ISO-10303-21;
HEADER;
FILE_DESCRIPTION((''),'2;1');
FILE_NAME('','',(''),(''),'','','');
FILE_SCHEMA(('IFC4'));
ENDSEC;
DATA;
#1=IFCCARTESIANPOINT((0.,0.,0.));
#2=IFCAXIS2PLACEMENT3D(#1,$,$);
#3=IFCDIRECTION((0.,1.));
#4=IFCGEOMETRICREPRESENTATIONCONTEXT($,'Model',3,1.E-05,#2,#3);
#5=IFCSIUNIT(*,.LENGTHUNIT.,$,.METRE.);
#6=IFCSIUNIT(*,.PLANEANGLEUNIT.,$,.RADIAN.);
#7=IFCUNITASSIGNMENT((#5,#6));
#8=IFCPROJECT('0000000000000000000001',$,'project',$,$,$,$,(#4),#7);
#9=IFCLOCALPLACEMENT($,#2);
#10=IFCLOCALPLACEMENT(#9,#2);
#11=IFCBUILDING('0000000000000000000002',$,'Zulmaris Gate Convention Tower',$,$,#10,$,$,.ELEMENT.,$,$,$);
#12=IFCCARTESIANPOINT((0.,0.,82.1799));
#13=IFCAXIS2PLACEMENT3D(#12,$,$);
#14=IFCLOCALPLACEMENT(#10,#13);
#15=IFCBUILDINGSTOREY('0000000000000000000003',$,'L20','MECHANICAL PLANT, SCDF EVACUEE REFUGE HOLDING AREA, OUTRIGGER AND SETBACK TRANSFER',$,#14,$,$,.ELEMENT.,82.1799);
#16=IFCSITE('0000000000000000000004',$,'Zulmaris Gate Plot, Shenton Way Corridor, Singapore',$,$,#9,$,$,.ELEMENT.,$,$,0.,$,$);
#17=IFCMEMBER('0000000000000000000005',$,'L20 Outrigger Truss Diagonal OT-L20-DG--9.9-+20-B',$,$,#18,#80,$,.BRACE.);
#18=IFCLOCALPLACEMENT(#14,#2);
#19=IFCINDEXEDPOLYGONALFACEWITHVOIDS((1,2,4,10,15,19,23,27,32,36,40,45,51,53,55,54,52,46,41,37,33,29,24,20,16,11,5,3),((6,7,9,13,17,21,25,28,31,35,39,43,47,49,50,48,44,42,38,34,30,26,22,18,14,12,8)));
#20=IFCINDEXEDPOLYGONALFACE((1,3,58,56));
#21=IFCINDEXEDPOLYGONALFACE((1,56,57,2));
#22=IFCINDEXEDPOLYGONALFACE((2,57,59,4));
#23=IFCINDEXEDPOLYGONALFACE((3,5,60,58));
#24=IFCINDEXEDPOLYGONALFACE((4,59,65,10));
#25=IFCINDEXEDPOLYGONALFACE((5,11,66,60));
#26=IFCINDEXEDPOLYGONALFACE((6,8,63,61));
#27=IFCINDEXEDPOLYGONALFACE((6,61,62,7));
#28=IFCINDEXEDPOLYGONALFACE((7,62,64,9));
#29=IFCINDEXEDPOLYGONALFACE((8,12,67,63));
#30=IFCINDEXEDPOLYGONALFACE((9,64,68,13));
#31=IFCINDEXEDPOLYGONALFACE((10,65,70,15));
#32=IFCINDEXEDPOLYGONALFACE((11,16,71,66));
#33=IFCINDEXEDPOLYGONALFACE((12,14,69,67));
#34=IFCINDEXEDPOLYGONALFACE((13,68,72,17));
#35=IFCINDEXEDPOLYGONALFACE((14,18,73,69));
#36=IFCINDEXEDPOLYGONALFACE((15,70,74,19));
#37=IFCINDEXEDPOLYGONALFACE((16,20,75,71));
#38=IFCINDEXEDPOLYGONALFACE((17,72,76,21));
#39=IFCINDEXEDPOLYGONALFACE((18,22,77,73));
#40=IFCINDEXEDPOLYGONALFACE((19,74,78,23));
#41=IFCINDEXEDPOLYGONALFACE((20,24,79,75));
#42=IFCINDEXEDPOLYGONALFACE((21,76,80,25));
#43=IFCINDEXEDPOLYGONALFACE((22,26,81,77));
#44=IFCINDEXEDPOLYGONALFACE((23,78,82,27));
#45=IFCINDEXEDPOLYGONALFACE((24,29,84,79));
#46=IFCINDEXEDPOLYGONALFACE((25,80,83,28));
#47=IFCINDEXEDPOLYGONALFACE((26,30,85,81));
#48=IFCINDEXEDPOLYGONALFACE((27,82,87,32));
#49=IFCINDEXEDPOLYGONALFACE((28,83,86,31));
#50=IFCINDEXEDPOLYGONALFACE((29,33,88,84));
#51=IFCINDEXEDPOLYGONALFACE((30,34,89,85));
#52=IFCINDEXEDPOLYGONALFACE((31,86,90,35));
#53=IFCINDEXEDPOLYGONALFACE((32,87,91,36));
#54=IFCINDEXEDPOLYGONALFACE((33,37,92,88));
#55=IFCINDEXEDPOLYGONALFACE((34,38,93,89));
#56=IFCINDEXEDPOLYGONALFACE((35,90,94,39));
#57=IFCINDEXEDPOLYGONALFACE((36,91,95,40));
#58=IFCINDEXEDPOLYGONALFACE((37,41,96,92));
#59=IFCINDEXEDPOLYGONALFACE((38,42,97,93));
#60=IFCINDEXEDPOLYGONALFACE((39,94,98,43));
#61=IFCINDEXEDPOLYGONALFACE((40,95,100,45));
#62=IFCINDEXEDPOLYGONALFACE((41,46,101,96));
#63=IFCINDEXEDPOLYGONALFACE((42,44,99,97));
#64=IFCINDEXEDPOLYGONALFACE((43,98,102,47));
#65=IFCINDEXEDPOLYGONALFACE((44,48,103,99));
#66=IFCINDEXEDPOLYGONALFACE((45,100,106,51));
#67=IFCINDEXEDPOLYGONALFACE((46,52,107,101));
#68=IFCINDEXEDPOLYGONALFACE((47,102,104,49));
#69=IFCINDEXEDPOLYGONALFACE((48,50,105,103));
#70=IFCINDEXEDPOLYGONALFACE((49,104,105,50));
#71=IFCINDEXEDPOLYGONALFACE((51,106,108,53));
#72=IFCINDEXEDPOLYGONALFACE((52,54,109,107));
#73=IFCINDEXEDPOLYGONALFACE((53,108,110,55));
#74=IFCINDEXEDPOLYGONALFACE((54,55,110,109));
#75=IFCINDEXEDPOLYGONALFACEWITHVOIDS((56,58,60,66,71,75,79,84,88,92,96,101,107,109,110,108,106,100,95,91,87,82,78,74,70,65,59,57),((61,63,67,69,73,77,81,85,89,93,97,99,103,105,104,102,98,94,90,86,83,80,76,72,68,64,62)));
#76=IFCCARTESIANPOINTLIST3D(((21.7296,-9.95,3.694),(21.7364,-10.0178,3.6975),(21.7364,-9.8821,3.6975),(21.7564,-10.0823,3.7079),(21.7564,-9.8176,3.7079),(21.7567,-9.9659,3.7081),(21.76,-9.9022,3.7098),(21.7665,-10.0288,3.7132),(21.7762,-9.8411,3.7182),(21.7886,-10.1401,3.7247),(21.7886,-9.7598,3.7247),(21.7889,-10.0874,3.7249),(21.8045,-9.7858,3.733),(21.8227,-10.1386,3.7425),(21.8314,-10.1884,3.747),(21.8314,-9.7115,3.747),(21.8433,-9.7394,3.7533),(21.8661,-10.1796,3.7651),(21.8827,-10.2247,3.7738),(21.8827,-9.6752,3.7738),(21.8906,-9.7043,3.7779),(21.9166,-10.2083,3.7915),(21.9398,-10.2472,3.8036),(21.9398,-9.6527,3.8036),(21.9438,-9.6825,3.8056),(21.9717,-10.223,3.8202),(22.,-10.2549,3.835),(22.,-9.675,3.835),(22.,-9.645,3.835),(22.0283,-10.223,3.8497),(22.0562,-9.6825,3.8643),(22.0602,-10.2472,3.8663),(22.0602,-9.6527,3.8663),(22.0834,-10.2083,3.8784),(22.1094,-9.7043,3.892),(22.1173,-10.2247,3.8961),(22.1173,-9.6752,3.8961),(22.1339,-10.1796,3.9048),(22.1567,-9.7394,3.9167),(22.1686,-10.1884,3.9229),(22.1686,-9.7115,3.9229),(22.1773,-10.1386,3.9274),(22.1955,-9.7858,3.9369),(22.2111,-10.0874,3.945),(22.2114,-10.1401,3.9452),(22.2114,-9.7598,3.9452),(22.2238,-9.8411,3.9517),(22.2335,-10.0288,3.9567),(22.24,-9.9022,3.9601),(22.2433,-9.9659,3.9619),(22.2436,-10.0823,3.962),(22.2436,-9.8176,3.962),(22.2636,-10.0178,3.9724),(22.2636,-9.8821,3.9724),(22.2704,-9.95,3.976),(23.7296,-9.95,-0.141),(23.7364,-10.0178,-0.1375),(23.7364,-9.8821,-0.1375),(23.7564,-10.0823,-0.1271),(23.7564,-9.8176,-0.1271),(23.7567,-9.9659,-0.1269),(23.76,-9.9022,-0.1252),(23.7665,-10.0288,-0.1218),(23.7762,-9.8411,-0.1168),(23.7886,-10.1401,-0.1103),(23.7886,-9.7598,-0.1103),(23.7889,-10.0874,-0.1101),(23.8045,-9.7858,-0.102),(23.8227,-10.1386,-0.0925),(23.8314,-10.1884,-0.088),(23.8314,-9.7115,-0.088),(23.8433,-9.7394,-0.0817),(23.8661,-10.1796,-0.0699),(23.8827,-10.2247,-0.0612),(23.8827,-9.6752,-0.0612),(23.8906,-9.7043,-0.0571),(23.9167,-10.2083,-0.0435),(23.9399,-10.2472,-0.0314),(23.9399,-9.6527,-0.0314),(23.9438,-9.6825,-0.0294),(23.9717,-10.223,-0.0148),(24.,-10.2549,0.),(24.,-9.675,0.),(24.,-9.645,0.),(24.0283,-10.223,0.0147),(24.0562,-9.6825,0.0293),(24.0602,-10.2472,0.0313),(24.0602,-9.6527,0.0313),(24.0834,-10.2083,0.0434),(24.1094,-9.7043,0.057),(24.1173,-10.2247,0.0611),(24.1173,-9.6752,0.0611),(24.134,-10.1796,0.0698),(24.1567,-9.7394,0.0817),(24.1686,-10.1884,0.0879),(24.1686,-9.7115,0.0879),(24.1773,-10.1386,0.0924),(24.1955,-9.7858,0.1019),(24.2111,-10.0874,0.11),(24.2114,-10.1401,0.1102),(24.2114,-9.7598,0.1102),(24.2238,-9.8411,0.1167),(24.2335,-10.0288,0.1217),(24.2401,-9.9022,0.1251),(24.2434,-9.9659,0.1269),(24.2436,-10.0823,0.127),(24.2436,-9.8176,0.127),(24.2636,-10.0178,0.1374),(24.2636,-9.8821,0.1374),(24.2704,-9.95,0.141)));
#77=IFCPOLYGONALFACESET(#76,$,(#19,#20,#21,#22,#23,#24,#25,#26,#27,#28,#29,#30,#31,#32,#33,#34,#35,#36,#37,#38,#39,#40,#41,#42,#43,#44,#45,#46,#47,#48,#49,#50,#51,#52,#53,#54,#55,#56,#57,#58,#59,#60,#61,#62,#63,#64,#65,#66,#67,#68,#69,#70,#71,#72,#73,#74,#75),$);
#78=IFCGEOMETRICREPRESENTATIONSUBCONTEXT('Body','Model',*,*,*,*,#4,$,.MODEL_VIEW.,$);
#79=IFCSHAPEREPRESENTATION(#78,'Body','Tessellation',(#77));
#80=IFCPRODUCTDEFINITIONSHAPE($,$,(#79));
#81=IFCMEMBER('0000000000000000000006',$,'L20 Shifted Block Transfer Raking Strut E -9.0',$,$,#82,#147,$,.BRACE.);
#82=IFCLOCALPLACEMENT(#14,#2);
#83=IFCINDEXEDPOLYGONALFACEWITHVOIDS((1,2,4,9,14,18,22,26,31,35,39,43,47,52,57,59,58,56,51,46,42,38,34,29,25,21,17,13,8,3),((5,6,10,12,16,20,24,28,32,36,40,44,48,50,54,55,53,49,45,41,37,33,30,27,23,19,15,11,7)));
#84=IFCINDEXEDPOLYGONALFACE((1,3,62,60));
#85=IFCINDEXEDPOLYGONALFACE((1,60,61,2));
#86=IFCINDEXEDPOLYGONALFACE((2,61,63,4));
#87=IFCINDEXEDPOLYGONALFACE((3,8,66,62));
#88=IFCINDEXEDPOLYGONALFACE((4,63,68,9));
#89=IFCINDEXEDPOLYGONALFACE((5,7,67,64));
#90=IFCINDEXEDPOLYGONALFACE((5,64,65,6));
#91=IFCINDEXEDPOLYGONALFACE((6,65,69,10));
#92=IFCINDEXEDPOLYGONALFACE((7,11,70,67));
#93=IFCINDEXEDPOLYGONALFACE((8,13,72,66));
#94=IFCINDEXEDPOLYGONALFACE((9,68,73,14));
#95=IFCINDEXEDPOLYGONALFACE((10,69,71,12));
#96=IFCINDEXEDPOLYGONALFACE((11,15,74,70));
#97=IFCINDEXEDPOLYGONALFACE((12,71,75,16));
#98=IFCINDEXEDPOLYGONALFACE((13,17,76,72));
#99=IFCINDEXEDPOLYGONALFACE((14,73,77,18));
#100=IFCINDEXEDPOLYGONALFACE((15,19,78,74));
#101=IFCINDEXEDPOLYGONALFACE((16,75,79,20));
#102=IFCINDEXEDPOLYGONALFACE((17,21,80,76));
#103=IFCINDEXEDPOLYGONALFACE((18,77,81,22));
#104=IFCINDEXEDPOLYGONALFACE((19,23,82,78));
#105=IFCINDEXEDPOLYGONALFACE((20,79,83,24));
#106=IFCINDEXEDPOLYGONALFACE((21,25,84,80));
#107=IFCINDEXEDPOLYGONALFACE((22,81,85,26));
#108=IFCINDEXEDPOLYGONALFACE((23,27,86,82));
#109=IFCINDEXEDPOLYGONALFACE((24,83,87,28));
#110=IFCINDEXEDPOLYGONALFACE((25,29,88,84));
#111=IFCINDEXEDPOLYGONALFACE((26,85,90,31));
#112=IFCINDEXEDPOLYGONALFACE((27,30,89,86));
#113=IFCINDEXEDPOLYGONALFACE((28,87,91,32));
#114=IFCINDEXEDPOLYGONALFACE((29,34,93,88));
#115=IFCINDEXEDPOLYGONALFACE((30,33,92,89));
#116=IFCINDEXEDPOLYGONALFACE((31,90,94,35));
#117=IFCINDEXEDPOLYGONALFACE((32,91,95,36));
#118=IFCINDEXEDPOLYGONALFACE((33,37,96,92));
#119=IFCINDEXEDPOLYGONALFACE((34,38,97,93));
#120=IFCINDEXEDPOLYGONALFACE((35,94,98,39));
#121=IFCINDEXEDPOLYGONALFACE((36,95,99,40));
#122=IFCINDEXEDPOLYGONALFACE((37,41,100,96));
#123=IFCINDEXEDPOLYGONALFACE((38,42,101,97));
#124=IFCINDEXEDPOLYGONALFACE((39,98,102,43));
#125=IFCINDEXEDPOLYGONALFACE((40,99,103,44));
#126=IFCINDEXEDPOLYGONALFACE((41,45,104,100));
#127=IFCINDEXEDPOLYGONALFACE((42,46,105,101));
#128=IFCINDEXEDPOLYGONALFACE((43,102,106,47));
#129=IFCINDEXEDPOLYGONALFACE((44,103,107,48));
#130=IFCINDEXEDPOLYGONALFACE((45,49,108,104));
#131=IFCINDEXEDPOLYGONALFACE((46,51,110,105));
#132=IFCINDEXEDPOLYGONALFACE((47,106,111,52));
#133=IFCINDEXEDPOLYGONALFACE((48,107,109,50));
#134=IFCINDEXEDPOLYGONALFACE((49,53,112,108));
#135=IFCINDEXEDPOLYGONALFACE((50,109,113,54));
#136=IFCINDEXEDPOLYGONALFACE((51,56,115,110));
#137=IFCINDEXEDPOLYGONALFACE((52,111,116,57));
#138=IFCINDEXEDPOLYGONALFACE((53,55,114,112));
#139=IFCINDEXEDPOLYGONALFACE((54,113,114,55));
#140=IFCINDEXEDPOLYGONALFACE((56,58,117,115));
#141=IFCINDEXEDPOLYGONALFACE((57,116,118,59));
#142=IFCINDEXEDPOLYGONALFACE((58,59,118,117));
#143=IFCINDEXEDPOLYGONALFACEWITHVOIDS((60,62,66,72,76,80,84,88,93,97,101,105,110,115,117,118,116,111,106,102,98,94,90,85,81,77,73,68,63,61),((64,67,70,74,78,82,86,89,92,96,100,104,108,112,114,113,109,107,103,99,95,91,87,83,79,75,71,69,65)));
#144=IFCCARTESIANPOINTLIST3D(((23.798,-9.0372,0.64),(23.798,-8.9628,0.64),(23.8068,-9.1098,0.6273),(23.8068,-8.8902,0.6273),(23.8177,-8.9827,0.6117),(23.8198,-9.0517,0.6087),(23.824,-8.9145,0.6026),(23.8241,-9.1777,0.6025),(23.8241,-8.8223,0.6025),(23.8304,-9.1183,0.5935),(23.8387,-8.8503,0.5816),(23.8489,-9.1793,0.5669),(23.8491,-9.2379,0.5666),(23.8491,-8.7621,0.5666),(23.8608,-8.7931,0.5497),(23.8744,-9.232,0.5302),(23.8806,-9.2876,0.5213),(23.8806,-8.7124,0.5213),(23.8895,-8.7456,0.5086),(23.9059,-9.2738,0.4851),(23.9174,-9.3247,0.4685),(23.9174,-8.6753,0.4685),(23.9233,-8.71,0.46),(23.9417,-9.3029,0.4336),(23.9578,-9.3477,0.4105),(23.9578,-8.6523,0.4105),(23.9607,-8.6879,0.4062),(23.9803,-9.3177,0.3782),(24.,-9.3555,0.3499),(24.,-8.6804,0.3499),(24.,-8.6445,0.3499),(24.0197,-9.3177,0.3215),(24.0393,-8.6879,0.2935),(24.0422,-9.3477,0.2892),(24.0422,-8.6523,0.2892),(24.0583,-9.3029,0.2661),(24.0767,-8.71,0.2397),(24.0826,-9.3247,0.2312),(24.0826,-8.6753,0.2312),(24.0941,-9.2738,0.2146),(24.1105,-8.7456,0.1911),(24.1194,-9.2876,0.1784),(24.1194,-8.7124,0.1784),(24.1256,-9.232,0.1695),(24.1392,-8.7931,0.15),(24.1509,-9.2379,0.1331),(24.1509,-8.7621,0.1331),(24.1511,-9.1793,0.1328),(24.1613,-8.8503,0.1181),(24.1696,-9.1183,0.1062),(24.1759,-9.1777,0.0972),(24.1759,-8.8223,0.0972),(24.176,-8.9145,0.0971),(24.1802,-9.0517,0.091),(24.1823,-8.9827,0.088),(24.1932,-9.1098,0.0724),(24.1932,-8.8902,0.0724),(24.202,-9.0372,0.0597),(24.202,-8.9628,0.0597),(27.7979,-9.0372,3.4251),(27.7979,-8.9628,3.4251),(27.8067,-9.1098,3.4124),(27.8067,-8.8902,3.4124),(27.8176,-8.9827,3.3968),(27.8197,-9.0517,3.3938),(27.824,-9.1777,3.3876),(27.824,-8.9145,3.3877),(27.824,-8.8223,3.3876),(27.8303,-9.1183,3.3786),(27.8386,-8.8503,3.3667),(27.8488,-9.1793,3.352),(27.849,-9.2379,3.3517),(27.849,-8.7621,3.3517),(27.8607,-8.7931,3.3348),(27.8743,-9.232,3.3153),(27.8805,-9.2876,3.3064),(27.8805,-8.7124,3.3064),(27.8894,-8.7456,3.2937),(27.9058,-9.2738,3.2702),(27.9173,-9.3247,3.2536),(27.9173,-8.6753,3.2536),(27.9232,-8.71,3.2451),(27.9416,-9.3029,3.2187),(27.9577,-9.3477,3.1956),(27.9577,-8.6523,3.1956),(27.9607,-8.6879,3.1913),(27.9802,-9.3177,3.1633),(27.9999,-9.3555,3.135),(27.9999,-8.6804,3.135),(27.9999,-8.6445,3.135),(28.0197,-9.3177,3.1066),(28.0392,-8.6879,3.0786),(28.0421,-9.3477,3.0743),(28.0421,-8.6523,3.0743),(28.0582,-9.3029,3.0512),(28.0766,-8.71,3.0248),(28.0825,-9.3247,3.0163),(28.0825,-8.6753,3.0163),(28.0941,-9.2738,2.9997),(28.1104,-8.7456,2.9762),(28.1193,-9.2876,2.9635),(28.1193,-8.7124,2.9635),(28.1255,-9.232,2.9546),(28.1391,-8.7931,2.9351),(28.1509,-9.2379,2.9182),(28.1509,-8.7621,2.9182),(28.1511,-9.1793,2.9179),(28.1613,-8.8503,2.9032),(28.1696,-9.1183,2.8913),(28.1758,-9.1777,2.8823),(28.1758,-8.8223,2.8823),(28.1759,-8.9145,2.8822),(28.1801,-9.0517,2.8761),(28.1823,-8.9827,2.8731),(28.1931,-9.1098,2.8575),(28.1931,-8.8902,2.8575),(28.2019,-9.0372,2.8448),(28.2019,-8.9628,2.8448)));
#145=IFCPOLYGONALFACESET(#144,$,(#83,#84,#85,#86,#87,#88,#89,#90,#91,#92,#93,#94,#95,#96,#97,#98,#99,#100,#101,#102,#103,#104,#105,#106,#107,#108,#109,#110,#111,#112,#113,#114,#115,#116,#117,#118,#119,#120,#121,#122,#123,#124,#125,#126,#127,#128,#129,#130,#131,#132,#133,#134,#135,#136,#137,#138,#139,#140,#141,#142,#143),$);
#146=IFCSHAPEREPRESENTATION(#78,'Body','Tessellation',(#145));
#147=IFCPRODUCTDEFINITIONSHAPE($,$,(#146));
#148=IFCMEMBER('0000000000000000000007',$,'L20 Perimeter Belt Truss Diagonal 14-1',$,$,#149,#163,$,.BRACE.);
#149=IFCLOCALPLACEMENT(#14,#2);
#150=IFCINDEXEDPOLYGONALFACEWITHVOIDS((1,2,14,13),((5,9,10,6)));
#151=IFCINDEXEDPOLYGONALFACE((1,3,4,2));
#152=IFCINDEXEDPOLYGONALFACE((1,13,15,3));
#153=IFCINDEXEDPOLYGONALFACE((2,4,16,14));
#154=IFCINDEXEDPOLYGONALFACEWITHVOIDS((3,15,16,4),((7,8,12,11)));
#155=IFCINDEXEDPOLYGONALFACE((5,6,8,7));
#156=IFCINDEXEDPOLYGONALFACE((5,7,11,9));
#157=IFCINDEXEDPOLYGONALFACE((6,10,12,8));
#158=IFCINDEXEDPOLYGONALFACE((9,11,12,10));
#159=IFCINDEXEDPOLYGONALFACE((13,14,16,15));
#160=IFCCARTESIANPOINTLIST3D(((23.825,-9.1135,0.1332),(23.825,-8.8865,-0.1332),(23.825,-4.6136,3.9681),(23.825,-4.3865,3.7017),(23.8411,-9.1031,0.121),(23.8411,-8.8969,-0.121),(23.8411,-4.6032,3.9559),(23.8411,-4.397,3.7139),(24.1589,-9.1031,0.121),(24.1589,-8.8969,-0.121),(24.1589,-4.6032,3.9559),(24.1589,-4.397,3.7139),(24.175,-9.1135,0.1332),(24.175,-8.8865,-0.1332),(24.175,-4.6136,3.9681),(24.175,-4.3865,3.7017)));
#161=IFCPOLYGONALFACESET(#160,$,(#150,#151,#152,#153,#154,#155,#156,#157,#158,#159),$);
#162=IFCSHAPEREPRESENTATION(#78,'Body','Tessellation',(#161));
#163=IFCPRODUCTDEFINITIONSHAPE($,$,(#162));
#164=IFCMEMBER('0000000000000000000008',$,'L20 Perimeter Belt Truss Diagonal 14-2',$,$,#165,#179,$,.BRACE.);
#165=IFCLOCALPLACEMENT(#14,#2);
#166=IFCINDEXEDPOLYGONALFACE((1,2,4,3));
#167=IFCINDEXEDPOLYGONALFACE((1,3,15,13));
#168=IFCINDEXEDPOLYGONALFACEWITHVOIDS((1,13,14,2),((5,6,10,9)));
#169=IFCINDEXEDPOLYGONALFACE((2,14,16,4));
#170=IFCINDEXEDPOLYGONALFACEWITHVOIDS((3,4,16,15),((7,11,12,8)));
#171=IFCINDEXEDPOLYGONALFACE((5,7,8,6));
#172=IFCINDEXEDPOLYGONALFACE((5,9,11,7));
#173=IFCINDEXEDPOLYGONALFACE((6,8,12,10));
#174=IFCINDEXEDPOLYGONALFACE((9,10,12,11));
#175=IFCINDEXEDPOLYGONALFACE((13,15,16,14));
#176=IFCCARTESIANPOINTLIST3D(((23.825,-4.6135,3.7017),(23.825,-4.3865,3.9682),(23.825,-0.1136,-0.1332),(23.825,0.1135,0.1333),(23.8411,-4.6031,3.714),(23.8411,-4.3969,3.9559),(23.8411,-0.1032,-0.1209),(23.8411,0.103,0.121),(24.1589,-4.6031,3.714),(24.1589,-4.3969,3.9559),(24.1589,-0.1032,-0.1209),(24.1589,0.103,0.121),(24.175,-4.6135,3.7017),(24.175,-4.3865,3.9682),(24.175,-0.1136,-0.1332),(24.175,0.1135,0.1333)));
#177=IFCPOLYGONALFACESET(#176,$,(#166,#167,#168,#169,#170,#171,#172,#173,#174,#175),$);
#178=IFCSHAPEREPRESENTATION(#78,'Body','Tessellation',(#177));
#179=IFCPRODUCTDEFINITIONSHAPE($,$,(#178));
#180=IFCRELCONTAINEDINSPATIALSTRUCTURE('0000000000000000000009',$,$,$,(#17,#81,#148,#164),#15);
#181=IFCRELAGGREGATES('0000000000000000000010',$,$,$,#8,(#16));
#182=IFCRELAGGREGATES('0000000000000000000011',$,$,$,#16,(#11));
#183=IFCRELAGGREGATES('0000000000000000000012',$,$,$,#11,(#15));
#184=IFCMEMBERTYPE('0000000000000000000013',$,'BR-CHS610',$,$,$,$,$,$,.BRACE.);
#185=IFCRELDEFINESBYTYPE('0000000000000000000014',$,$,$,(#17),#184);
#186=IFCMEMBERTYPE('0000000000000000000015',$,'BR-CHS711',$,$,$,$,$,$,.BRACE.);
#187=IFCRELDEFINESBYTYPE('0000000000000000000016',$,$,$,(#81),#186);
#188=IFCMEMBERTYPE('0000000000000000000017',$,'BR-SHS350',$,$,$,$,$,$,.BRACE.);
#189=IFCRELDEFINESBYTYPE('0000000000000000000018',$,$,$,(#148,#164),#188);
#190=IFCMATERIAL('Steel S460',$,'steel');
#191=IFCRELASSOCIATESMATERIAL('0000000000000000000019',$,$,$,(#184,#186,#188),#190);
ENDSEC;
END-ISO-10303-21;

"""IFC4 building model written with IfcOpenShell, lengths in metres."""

from ifc_helpers import new_model, si_unit, direction, frame, origin, origin_2d, place, context, subcontext, project, spatial, hollow_rectangle, hollow_circle, extrude, material, material_profile, profile_set, type_object, element, save


model = new_model("IFC4")

# Units and contexts
model_context = context("Model", 3, precision=1e-05, world=origin(), true_north=direction((0.0, 1.0)))
body_context = subcontext(model_context, "Body", "Model", "MODEL_VIEW")
ifc_project = project(units=[si_unit("LENGTHUNIT", "METRE"), si_unit("PLANEANGLEUNIT", "RADIAN")], contexts=[model_context])

# Site, building, storey
site_placement = place(None, origin())
site = spatial("IfcSite", under=ifc_project, at=site_placement, Name="Zulmaris Gate Plot, Shenton Way Corridor, Singapore", CompositionType="ELEMENT", RefElevation=0.0)
building_placement = place(site_placement, origin())
building = spatial("IfcBuilding", under=site, at=building_placement, Name="Zulmaris Gate Convention Tower", CompositionType="ELEMENT")
storey_placement = place(building_placement, frame((0.0, 0.0, 82.1799)))
storey = spatial("IfcBuildingStorey", under=building, at=storey_placement, Name="L20", Description="MECHANICAL PLANT, SCDF EVACUEE REFUGE HOLDING AREA, OUTRIGGER AND SETBACK TRANSFER", CompositionType="ELEMENT", Elevation=82.1799)

# Shared definitions
ifc_material_1 = material(Name="Steel S460", Category="steel")

# Members
ifc_material_profile_1 = material_profile(ifc_material_1, hollow_circle(Radius=0.3049, WallThickness=0.03, at=origin_2d()), Name="CHS 610x30")
ifc_profile_set_1 = profile_set([ifc_material_profile_1], Name="Steel S460")
member_type_1 = type_object("IfcMemberType", Name="BR-CHS610", PredefinedType="BRACE", material=ifc_profile_set_1)
for number, where, z_axis, x_axis, name in (
    (1, (22.0, -9.95, 3.835), (0.462412, 0.0, -0.886665), (0.0, 1.0, 0.0), "L20 Outrigger Truss Diagonal OT-L20-DG--9.9-+20-B"),
):
    element("IfcMember", number, at=place(storey_placement, frame(where, z_axis=z_axis, x_axis=x_axis)), inside=storey, type_object=member_type_1, Name=name, PredefinedType="BRACE", context=body_context, shape_type="SweptSolid", body=[
        extrude(hollow_circle(Radius=0.3049, WallThickness=0.03, at=origin_2d()), origin(), (0.0, 0.0, 1.0), 4.3252),
    ])
ifc_material_profile_2 = material_profile(ifc_material_1, hollow_circle(Radius=0.3555, WallThickness=0.0359, at=origin_2d()), Name="CHS 711x36")
ifc_profile_set_2 = profile_set([ifc_material_profile_2], Name="Steel S460")
member_type_2 = type_object("IfcMemberType", Name="BR-CHS711", PredefinedType="BRACE", material=ifc_profile_set_2)
member_placement = place(storey_placement, frame((24.0, -9.0, 0.3499), z_axis=(0.82066, 0.0, 0.571417), x_axis=(0.0, 1.0, 0.0)))
element("IfcMember", 2, at=member_placement, inside=storey, type_object=member_type_2, Name="L20 Shifted Block Transfer Raking Strut E -9.0", PredefinedType="BRACE", context=body_context, shape_type="SweptSolid", body=[
    extrude(hollow_circle(Radius=0.3555, WallThickness=0.0359, at=origin_2d()), origin(), (0.0, 0.0, 1.0), 4.874),
])
ifc_material_profile_3 = material_profile(ifc_material_1, hollow_rectangle(XDim=0.3501, YDim=0.3501, WallThickness=0.0161, at=origin_2d()), Name="SHS 350x350x16")
ifc_profile_set_3 = profile_set([ifc_material_profile_3], Name="Steel S460")
member_type_3 = type_object("IfcMemberType", Name="BR-SHS350", PredefinedType="BRACE", material=ifc_profile_set_3)
for number, where, z_axis, x_axis, name in (
    (3, (24.0, -9.0, 0.0), (0.0, 0.761107, 0.648626), (-1.0, 0.0, 0.0), "L20 Perimeter Belt Truss Diagonal 14-1"),
    (4, (24.0, -4.5, 3.835), (0.0, 0.761107, -0.648626), (-1.0, 0.0, 0.0), "L20 Perimeter Belt Truss Diagonal 14-2"),
):
    element("IfcMember", number, at=place(storey_placement, frame(where, z_axis=z_axis, x_axis=x_axis)), inside=storey, type_object=member_type_3, Name=name, PredefinedType="BRACE", context=body_context, shape_type="SweptSolid", body=[
        extrude(hollow_rectangle(XDim=0.3501, YDim=0.3501, WallThickness=0.0161, at=origin_2d()), origin(), (0.0, 0.0, 1.0), 5.9124),
    ])

save(model, "model.ifc")
